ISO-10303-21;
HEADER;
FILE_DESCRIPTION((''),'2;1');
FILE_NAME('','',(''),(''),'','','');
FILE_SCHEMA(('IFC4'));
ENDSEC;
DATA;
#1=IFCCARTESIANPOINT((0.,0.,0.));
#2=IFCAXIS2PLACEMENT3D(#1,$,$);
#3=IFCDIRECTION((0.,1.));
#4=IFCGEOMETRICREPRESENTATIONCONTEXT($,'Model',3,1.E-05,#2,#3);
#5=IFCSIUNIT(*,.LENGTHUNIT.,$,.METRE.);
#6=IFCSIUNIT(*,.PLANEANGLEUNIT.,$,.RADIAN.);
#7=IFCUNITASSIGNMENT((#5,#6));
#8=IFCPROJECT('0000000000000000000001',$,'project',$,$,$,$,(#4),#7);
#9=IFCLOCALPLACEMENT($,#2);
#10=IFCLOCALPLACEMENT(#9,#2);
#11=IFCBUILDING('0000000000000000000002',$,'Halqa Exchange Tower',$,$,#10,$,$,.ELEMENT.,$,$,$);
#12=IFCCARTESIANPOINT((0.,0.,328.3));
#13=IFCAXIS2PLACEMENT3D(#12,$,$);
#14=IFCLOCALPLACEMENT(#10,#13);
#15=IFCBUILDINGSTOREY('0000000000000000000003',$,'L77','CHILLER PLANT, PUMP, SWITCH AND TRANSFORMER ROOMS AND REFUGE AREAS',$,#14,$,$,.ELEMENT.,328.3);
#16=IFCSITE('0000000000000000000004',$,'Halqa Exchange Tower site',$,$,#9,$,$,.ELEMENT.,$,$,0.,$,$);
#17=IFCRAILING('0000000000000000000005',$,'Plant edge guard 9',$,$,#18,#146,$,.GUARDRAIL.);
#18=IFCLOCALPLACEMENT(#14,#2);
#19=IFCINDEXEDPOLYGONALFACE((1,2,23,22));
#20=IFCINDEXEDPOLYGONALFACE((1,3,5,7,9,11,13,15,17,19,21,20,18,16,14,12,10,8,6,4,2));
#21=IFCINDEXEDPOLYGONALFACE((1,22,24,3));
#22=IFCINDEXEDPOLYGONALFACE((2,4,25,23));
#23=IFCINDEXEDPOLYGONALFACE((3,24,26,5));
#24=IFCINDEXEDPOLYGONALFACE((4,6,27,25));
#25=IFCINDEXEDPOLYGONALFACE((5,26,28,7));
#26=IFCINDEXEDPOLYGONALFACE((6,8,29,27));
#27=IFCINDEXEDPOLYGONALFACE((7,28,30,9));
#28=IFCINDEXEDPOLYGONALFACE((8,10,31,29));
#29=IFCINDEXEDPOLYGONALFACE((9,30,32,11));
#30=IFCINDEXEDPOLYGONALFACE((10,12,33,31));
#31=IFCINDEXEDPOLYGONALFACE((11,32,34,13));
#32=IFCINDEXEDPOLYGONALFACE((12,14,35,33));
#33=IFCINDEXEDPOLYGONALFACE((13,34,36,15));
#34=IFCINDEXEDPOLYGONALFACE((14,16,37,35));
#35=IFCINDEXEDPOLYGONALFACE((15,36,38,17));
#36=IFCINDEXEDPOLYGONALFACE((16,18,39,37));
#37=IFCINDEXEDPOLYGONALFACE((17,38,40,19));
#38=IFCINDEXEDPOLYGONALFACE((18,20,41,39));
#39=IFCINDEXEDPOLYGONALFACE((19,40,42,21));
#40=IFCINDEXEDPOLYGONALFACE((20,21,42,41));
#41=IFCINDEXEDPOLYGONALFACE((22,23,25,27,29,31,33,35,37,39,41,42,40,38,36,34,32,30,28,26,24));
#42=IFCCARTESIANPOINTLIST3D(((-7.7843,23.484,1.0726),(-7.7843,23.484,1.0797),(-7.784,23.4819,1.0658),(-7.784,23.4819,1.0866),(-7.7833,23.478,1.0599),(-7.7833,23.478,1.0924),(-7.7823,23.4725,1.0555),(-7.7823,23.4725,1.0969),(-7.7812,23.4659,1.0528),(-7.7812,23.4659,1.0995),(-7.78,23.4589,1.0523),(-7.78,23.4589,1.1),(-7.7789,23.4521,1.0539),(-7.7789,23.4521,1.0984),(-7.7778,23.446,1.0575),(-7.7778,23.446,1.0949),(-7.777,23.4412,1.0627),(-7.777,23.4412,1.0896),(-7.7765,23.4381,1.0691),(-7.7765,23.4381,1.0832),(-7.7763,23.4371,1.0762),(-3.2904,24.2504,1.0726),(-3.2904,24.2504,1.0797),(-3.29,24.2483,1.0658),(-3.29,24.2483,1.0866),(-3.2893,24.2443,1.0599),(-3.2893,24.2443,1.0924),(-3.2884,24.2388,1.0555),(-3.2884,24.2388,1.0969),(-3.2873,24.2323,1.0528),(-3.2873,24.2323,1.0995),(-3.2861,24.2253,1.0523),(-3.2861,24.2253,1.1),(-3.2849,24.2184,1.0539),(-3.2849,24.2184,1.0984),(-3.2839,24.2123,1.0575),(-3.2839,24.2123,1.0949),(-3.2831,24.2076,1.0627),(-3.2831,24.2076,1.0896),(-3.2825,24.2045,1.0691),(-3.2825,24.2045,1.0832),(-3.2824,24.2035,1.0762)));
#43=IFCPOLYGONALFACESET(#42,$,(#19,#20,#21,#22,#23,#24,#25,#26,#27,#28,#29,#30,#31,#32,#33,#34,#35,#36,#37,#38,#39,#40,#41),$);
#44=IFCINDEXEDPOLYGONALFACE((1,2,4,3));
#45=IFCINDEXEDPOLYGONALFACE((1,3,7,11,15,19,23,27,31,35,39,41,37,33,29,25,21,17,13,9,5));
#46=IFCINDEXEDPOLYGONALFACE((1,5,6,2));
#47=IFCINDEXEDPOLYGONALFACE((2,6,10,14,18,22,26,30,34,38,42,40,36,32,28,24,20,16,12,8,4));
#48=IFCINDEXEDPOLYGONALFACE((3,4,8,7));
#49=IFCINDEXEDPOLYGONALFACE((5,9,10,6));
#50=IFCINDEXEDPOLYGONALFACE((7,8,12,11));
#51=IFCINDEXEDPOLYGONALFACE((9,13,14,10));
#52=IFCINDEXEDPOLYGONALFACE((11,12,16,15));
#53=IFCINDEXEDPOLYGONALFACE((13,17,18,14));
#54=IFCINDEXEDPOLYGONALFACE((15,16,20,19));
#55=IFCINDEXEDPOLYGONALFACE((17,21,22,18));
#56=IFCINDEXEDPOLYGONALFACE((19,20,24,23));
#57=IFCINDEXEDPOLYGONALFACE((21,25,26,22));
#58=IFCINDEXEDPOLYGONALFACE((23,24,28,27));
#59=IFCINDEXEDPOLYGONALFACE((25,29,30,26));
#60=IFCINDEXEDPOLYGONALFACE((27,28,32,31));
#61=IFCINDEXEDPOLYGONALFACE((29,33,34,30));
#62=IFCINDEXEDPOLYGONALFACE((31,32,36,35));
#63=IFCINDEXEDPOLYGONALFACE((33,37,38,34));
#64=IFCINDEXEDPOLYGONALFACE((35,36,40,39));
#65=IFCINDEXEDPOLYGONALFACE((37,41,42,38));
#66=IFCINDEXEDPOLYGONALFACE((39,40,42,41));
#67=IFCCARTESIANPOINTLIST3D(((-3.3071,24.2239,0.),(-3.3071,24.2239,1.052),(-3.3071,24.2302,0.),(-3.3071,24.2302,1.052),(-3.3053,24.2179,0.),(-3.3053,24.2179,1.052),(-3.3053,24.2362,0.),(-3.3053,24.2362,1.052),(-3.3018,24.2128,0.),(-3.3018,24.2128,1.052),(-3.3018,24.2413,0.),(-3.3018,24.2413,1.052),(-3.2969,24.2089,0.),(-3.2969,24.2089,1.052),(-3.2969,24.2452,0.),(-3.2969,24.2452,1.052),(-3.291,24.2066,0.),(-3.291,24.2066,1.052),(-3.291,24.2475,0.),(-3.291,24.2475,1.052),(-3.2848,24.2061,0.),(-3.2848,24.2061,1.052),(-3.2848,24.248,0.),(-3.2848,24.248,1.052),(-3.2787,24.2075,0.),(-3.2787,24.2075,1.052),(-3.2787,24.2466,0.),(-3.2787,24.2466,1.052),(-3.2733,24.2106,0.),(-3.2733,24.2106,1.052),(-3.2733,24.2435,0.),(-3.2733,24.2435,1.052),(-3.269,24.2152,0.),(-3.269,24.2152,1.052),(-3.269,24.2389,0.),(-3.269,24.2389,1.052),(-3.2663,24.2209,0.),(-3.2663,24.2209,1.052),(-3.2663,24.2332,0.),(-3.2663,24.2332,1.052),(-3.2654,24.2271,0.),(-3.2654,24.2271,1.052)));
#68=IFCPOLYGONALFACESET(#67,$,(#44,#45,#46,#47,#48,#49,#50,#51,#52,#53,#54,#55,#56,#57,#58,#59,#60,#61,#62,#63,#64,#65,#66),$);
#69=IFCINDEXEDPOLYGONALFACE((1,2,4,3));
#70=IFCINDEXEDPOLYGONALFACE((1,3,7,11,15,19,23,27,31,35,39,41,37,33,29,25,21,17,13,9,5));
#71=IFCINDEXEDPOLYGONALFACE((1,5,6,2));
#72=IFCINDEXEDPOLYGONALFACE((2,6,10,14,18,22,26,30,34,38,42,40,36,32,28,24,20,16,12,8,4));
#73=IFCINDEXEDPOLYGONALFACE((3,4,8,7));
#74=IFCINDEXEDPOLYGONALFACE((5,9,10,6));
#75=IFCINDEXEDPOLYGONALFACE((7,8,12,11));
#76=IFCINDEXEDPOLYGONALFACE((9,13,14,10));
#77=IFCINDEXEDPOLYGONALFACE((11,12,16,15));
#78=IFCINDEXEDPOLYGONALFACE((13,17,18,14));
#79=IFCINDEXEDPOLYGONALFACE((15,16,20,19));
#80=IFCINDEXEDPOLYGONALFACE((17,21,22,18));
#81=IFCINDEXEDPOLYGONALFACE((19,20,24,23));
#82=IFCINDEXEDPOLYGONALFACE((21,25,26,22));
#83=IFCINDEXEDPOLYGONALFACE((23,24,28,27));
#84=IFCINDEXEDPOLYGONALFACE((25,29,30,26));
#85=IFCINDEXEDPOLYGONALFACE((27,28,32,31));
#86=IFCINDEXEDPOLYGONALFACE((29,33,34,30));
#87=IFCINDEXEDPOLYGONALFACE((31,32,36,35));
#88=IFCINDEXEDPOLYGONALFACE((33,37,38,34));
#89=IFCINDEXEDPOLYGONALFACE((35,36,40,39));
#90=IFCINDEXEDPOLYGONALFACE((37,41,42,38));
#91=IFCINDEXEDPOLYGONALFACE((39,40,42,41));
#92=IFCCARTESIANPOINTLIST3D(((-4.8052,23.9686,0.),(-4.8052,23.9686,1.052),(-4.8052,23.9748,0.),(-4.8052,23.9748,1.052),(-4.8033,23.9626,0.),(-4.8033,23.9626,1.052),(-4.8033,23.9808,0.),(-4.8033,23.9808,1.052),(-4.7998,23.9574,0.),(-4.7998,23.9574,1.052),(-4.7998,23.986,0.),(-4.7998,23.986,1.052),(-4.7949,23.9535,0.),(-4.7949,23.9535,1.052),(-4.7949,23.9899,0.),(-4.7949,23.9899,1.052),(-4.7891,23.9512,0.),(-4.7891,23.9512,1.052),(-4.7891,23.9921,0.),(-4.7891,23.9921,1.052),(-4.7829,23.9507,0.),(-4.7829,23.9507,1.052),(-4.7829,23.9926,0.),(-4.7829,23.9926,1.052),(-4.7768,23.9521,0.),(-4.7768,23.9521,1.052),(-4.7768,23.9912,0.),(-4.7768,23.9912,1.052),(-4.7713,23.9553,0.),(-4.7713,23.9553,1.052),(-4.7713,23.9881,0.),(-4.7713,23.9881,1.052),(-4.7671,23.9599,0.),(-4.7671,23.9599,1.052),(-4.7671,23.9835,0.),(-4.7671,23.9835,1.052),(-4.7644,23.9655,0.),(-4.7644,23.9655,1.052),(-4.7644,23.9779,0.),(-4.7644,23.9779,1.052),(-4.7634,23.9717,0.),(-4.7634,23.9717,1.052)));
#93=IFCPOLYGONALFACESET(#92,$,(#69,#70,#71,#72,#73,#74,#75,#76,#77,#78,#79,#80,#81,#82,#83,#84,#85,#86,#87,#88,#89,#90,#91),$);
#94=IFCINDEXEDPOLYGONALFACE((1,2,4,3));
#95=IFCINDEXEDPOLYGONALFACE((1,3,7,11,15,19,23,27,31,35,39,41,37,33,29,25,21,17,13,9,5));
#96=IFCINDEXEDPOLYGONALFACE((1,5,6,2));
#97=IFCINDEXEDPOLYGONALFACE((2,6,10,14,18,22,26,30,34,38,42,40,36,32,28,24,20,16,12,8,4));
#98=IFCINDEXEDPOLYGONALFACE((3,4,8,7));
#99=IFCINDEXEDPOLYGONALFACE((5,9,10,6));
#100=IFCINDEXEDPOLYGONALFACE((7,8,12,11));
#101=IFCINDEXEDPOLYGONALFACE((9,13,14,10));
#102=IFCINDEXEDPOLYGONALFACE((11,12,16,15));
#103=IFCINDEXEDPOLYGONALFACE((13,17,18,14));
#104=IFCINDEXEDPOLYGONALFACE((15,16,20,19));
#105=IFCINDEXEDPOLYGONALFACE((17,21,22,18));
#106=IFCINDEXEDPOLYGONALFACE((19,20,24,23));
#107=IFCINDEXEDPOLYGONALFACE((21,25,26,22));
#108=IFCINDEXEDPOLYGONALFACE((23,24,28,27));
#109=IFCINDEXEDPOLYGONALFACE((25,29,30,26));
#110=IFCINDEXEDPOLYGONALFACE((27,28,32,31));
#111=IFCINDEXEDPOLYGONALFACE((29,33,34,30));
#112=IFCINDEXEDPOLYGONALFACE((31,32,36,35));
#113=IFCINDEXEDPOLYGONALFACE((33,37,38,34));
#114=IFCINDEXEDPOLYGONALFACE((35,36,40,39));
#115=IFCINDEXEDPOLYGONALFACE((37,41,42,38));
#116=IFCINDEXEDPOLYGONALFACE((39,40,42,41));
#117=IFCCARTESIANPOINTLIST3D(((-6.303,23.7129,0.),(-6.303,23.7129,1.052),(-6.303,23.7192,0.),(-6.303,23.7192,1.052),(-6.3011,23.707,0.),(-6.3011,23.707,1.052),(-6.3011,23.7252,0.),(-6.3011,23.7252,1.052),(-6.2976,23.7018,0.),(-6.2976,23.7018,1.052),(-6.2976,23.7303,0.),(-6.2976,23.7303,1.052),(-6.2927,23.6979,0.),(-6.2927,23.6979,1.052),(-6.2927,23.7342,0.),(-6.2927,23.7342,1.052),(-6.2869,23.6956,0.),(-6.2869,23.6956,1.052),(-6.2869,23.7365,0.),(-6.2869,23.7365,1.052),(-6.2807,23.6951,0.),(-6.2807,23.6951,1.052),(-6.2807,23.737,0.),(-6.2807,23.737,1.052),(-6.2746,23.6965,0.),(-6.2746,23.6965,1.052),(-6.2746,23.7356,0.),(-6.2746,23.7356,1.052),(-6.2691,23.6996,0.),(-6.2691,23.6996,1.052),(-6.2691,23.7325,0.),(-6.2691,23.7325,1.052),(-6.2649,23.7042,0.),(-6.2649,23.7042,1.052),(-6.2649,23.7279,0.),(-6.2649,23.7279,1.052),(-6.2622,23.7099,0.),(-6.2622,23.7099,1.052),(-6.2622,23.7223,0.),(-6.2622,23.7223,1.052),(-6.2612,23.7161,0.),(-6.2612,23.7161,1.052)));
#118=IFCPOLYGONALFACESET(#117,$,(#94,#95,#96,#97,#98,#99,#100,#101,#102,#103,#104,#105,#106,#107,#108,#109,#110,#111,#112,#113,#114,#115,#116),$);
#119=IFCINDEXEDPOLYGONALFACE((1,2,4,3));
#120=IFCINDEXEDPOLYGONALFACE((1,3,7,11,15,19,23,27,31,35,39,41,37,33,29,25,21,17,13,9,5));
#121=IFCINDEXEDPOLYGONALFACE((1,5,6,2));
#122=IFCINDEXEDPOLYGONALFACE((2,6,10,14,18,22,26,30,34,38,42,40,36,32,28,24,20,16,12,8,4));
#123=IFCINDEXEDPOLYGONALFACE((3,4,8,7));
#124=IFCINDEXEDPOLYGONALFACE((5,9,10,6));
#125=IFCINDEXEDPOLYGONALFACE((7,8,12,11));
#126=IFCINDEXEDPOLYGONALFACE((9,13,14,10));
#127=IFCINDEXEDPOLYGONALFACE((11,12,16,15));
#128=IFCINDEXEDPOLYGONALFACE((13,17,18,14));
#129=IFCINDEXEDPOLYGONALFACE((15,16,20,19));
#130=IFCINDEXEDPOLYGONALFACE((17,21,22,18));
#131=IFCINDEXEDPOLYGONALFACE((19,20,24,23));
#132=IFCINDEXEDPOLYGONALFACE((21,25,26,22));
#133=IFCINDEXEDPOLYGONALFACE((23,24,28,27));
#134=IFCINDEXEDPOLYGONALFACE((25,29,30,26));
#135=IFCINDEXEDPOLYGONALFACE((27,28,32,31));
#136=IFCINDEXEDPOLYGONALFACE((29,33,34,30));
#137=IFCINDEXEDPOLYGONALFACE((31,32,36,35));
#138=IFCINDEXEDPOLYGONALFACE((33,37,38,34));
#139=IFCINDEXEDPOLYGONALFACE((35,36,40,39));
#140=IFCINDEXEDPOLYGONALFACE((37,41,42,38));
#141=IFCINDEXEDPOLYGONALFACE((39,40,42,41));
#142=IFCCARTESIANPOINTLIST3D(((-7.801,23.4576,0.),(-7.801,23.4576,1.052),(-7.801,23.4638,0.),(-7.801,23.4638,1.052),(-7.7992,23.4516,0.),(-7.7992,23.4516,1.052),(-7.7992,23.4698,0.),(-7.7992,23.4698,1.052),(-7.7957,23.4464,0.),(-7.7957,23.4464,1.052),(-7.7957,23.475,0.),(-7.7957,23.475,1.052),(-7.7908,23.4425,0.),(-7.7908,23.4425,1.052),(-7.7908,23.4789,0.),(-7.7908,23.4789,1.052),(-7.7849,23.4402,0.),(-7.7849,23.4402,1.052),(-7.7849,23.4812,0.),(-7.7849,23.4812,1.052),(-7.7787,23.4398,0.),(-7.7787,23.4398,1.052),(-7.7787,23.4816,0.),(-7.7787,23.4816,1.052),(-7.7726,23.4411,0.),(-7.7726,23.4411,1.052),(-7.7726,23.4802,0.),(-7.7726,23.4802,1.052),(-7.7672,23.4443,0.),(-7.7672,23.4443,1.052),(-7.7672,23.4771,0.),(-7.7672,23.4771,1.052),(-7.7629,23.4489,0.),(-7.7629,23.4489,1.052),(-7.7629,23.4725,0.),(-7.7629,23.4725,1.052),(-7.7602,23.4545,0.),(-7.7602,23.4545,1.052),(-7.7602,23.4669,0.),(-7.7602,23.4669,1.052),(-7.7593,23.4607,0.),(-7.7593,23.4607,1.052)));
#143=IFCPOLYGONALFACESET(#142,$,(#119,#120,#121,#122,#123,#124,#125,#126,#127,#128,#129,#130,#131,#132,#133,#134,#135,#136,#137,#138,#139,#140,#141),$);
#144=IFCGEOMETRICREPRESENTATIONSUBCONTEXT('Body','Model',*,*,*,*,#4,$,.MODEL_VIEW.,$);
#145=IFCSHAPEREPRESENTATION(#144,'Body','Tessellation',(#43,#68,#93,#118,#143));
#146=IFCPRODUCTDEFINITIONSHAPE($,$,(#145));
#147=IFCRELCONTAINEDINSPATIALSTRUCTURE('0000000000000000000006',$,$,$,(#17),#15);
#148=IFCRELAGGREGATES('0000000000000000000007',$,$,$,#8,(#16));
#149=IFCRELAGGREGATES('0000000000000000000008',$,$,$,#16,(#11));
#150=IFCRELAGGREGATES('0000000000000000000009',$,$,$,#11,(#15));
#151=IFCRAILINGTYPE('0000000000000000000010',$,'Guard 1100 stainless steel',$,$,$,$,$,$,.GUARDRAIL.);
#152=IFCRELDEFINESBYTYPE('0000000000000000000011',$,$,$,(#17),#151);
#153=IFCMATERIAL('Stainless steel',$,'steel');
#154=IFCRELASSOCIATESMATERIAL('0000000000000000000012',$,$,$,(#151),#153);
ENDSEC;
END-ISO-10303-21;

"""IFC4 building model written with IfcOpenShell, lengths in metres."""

from ifc_helpers import new_model, si_unit, direction, frame, origin, origin_2d, place, context, subcontext, project, spatial, circle, extrude, material, type_object, element, save


model = new_model("IFC4")

# Units and contexts
model_context = context("Model", 3, precision=1e-05, world=origin(), true_north=direction((0.0, 1.0)))
body_context = subcontext(model_context, "Body", "Model", "MODEL_VIEW")
ifc_project = project(units=[si_unit("LENGTHUNIT", "METRE"), si_unit("PLANEANGLEUNIT", "RADIAN")], contexts=[model_context])

# Site, building, storey
site_placement = place(None, origin())
site = spatial("IfcSite", under=ifc_project, at=site_placement, Name="Halqa Exchange Tower site", CompositionType="ELEMENT", RefElevation=0.0)
building_placement = place(site_placement, origin())
building = spatial("IfcBuilding", under=site, at=building_placement, Name="Halqa Exchange Tower", CompositionType="ELEMENT")
storey_placement = place(building_placement, frame((0.0, 0.0, 328.3)))
storey = spatial("IfcBuildingStorey", under=building, at=storey_placement, Name="L77", Description="CHILLER PLANT, PUMP, SWITCH AND TRANSFORMER ROOMS AND REFUGE AREAS", CompositionType="ELEMENT", Elevation=328.3)

# Railing
ifc_material_1 = material(Name="Stainless steel", Category="steel")
railing_type = type_object("IfcRailingType", Name="Guard 1100 stainless steel", PredefinedType="GUARDRAIL", material=ifc_material_1)
railing_1_placement = place(storey_placement, frame((-3.2864, 24.2271, 0.0)))
element("IfcRailing", 1, at=railing_1_placement, inside=storey, type_object=railing_type, Name="Plant edge guard 9", PredefinedType="GUARDRAIL", context=body_context, shape_type="SweptSolid", body=[
    extrude(circle(Radius=0.0239, at=origin_2d()), frame((0.0, 0.0, 1.0762), z_axis=(-0.985769, -0.168106, 0.0), x_axis=(0.168106, -0.985769, 0.0)), (0.0, 0.0, 1.0), 4.5588),
    extrude(circle(Radius=0.021, at=origin_2d()), origin(), (0.0, 0.0, 1.0), 1.052),
    extrude(circle(Radius=0.021, at=origin_2d()), frame((-1.498, -0.2554, 0.0)), (0.0, 0.0, 1.0), 1.052),
    extrude(circle(Radius=0.021, at=origin_2d()), frame((-2.9958, -0.511, 0.0)), (0.0, 0.0, 1.0), 1.052),
    extrude(circle(Radius=0.021, at=origin_2d()), frame((-4.4939, -0.7664, 0.0)), (0.0, 0.0, 1.0), 1.052),
])

save(model, "model.ifc")
